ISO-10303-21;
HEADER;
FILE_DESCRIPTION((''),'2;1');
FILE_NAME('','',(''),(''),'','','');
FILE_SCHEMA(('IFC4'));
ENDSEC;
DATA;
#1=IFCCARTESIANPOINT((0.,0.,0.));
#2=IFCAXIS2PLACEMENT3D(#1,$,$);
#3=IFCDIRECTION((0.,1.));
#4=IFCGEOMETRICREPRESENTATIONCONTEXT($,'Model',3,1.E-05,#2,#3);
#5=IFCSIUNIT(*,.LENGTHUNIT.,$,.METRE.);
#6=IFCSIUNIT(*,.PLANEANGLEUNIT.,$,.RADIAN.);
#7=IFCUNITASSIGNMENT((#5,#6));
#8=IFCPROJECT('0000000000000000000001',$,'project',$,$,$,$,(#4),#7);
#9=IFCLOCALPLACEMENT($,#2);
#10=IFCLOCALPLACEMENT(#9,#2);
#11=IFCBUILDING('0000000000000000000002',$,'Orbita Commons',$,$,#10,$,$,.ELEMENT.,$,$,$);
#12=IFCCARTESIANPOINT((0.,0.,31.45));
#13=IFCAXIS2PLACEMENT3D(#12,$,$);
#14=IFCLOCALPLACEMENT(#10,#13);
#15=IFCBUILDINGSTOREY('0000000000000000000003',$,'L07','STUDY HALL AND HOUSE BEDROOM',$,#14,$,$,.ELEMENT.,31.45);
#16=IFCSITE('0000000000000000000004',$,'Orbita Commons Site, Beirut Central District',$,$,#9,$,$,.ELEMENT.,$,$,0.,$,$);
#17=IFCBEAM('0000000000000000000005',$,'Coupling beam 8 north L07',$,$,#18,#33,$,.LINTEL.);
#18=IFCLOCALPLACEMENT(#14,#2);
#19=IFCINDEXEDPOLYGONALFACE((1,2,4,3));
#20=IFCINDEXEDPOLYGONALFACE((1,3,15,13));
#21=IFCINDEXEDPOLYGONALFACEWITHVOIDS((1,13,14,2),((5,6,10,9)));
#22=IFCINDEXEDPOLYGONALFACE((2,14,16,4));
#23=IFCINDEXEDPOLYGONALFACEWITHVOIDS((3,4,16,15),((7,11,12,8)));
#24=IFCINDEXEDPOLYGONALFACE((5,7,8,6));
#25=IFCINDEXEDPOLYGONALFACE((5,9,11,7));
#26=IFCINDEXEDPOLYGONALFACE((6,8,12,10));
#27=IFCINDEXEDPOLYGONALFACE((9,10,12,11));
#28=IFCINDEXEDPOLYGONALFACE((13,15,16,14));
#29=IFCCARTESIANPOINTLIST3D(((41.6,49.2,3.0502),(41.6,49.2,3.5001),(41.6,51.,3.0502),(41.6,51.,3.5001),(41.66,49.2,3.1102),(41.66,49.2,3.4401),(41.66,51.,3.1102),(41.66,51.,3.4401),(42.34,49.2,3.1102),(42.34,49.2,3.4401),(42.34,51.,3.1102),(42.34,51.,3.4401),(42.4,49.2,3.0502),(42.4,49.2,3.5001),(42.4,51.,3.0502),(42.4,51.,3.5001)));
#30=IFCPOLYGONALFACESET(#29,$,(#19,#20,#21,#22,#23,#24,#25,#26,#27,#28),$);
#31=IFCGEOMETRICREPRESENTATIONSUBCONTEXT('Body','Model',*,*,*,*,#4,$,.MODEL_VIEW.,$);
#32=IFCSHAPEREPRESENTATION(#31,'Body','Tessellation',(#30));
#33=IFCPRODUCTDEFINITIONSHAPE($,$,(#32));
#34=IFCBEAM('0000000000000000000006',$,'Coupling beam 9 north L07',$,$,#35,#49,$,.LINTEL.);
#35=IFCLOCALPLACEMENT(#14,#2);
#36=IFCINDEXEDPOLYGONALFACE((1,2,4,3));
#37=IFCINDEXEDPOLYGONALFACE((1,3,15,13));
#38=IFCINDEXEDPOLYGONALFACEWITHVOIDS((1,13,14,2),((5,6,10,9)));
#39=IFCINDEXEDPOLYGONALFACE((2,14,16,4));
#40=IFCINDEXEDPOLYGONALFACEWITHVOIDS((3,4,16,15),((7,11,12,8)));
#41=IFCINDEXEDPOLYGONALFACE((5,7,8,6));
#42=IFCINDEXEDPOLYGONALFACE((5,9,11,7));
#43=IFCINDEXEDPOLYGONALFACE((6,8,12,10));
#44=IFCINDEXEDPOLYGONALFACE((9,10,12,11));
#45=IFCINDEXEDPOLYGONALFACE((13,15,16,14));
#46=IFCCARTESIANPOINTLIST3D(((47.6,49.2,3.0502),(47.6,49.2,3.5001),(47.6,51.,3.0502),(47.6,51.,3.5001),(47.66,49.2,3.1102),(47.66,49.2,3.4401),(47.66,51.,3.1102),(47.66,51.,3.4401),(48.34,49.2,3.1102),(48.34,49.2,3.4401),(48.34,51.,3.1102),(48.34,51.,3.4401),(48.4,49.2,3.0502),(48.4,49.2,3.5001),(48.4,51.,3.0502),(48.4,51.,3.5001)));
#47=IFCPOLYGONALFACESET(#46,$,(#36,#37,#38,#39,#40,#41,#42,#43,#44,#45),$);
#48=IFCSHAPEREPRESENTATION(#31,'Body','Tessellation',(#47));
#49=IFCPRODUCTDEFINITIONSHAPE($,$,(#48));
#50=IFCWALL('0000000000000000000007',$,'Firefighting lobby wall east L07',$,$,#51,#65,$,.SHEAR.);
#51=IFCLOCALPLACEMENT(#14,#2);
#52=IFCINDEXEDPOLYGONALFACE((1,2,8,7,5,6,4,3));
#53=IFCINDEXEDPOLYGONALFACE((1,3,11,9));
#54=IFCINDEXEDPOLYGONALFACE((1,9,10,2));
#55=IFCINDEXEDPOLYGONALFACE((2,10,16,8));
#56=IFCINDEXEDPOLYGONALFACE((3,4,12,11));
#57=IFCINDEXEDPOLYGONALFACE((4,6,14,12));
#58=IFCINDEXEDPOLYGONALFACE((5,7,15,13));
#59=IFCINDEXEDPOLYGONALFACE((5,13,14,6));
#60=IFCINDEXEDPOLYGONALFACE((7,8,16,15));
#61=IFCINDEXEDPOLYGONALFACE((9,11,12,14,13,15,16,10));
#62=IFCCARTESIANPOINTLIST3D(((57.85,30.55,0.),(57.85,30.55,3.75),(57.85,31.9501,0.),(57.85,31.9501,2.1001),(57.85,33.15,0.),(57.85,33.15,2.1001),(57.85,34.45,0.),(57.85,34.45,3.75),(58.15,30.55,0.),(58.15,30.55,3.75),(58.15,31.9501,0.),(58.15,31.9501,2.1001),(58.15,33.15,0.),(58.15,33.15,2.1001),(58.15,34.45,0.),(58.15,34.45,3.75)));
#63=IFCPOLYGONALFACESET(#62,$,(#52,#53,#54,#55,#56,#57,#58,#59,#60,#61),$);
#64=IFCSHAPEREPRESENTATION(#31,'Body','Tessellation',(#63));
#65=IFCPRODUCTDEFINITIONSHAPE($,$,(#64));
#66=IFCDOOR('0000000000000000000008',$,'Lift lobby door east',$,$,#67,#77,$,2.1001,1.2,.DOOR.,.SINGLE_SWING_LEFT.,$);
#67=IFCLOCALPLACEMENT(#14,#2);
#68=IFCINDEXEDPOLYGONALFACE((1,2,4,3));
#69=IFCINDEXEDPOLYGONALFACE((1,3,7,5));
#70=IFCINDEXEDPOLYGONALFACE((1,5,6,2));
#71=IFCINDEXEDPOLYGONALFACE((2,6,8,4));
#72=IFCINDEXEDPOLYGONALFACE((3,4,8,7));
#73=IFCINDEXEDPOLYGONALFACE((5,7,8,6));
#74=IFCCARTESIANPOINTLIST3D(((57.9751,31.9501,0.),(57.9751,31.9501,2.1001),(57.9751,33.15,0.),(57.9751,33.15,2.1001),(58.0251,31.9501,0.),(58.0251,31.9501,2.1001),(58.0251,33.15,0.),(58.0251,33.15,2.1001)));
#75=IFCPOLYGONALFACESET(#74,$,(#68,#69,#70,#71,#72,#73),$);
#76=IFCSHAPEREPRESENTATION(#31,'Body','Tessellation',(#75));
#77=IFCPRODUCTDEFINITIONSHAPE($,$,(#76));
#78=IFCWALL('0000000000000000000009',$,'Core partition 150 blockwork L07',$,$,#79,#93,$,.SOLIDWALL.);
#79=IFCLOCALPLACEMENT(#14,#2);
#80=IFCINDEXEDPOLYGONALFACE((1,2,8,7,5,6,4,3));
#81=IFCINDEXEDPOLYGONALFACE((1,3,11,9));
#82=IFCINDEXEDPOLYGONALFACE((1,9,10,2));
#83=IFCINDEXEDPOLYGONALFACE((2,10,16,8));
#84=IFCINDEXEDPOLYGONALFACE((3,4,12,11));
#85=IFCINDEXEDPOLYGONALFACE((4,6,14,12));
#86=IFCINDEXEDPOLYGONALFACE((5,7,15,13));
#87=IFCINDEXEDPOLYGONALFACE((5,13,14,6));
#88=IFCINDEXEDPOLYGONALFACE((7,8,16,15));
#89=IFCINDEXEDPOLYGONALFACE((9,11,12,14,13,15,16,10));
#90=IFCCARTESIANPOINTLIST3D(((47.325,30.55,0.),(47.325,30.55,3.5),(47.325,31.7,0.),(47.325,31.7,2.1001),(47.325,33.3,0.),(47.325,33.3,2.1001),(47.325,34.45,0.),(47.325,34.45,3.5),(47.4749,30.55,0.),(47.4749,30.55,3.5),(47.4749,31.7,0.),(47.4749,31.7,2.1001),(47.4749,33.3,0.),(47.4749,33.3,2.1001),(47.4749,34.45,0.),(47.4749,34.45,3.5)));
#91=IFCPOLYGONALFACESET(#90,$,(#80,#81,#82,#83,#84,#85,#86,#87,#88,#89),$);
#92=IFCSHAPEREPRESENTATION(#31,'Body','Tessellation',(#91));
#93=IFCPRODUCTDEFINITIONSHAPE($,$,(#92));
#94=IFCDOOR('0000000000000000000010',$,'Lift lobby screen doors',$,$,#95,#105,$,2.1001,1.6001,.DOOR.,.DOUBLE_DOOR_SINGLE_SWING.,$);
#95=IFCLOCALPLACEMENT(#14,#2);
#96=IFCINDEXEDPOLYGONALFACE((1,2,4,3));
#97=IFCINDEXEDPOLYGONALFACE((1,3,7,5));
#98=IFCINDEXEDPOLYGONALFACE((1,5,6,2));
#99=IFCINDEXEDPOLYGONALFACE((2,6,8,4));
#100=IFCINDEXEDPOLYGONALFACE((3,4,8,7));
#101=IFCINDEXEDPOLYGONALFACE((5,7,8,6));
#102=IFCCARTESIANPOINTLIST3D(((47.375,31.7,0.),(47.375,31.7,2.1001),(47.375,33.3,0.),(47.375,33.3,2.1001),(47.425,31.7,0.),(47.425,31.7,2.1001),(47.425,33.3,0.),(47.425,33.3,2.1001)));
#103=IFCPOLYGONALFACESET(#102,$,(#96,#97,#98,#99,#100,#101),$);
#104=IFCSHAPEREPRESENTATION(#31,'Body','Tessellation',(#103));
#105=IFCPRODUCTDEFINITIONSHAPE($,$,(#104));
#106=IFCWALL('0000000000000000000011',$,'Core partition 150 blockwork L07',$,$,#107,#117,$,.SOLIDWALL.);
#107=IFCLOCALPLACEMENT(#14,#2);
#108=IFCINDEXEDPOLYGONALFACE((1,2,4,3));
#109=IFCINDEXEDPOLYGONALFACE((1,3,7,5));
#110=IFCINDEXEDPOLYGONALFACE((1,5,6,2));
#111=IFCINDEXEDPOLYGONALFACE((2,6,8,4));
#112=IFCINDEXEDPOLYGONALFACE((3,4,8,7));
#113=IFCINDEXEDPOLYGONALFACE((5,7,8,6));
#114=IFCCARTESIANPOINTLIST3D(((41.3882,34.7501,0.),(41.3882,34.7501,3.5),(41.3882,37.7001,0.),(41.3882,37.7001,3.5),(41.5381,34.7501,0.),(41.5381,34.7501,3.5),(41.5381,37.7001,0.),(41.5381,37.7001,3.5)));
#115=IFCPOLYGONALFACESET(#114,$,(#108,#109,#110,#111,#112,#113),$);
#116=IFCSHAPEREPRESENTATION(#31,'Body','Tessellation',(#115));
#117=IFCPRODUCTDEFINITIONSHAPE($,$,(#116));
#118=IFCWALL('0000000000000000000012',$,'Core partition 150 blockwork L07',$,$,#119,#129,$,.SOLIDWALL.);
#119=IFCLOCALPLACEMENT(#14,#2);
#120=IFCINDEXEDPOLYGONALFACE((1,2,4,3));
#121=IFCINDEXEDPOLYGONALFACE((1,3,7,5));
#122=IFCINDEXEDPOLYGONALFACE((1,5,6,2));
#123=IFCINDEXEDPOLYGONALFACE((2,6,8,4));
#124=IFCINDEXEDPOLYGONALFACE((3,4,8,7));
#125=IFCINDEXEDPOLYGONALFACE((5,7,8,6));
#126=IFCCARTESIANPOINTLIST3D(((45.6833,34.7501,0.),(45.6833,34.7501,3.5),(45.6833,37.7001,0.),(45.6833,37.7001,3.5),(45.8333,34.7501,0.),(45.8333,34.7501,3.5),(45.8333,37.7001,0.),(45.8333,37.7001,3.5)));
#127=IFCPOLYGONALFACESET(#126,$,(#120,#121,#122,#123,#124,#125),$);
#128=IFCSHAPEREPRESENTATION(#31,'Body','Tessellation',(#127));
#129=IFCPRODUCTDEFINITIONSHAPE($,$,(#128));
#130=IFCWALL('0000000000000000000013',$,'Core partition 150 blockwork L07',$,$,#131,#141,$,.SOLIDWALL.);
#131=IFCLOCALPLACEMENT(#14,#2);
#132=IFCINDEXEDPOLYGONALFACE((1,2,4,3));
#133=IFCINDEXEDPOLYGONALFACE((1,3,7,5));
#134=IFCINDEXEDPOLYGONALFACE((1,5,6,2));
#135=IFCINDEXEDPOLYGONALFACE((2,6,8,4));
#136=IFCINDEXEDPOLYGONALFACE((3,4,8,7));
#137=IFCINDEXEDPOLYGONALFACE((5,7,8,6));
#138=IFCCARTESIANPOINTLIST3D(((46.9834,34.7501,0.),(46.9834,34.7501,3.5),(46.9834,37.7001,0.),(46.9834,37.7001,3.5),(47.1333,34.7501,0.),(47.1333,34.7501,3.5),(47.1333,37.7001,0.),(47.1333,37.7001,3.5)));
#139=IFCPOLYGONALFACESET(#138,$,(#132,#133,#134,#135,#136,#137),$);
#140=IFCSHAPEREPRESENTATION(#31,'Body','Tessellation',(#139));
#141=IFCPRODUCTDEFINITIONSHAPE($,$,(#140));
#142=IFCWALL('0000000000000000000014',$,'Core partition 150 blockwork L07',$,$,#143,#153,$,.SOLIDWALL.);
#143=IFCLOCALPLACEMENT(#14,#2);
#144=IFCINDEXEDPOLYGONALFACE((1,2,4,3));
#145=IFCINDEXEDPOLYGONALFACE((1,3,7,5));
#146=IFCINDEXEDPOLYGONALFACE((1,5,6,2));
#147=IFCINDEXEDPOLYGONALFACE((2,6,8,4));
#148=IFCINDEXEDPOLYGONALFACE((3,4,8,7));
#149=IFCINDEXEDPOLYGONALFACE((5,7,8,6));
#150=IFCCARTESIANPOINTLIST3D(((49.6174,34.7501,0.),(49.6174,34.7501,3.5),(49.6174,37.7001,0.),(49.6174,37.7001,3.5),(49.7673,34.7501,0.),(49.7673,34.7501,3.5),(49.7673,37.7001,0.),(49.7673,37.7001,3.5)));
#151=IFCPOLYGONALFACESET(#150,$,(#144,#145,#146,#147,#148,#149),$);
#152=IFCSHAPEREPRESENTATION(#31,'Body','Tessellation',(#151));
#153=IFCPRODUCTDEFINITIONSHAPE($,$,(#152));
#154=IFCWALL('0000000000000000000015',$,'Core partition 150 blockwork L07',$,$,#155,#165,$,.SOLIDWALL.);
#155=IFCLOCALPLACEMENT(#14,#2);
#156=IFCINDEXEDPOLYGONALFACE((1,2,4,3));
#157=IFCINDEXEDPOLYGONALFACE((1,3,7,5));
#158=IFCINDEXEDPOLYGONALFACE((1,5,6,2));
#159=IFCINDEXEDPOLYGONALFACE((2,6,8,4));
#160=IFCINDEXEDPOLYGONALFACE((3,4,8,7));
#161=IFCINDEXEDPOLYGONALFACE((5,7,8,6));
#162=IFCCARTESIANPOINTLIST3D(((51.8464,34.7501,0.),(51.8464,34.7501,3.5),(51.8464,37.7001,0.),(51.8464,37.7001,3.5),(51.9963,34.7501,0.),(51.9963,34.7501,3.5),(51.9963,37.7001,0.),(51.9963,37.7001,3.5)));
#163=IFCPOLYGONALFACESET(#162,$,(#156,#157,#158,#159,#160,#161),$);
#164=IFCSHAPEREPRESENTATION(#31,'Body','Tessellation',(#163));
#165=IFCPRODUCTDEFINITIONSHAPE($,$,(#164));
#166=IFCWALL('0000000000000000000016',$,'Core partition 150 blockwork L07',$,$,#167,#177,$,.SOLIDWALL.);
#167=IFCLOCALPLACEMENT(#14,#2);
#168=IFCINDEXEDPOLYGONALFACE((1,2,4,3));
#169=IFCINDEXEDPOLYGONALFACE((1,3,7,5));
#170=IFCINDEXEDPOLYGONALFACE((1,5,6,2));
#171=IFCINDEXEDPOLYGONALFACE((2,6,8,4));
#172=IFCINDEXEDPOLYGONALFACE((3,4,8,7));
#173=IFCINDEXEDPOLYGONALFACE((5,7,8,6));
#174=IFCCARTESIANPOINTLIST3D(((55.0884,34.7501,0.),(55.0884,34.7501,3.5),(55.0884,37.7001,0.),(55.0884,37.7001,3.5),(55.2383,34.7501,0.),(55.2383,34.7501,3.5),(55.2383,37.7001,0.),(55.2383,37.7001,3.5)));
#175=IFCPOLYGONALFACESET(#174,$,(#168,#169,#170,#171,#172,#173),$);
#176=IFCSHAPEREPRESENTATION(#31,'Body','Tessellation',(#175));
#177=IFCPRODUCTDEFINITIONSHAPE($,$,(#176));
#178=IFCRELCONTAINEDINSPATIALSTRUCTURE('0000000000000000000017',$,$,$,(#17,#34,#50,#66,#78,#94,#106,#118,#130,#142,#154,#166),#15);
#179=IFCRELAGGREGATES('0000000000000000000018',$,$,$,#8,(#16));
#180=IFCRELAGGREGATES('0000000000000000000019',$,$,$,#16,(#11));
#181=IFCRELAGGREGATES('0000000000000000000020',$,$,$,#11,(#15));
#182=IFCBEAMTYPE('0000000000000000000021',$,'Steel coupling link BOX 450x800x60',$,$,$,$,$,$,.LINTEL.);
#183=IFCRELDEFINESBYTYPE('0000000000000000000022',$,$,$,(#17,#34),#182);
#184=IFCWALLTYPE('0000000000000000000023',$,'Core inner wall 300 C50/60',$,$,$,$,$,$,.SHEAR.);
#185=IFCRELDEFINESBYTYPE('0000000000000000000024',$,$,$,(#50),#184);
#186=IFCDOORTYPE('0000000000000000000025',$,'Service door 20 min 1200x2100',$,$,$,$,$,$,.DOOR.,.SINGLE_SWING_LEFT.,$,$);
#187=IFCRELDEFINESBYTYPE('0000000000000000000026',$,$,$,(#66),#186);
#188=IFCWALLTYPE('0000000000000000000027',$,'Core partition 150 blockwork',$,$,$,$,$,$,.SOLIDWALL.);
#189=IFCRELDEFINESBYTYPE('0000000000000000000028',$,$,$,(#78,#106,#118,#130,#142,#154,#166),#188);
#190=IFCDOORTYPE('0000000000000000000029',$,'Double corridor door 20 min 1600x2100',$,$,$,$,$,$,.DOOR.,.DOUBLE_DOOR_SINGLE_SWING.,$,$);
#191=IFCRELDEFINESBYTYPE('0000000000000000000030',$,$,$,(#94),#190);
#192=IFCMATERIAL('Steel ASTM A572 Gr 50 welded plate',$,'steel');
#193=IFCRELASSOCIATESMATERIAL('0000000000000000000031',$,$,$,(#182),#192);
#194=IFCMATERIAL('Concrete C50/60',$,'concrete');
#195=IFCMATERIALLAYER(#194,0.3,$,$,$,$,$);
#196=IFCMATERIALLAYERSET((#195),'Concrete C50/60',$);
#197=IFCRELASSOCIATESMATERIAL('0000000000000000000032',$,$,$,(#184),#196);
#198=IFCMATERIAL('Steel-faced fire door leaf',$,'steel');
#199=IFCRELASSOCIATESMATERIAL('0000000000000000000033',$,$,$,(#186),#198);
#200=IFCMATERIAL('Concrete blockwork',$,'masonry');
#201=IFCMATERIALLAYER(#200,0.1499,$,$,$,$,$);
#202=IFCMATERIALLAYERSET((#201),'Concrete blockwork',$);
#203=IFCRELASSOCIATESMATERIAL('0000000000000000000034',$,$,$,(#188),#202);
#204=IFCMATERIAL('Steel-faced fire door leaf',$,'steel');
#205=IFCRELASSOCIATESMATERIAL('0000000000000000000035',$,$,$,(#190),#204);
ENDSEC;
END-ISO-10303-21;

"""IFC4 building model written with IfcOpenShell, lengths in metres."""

from ifc_helpers import new_model, si_unit, direction, frame, frame_2d, origin, origin_2d, place, context, subcontext, project, spatial, rectangle, hollow_rectangle, extrude, material, layer, layer_set, material_profile, profile_set, type_object, element, fill, save


model = new_model("IFC4")

# Units and contexts
model_context = context("Model", 3, precision=1e-05, world=origin(), true_north=direction((0.0, 1.0)))
body_context = subcontext(model_context, "Body", "Model", "MODEL_VIEW")
ifc_project = project(units=[si_unit("LENGTHUNIT", "METRE"), si_unit("PLANEANGLEUNIT", "RADIAN")], contexts=[model_context])

# Site, building, storey
site_placement = place(None, origin())
site = spatial("IfcSite", under=ifc_project, at=site_placement, Name="Orbita Commons Site, Beirut Central District", CompositionType="ELEMENT", RefElevation=0.0)
building_placement = place(site_placement, origin())
building = spatial("IfcBuilding", under=site, at=building_placement, Name="Orbita Commons", CompositionType="ELEMENT")
storey_placement = place(building_placement, frame((0.0, 0.0, 31.45)))
storey = spatial("IfcBuildingStorey", under=building, at=storey_placement, Name="L07", Description="STUDY HALL AND HOUSE BEDROOM", CompositionType="ELEMENT", Elevation=31.45)

# Beams
ifc_material_1 = material(Name="Steel ASTM A572 Gr 50 welded plate", Category="steel")
ifc_material_profile = material_profile(ifc_material_1, hollow_rectangle(XDim=0.8, YDim=0.45, WallThickness=0.0601, at=origin_2d()), Name="BOX 450x800x60")
ifc_profile_set = profile_set([ifc_material_profile], Name="Steel ASTM A572 Gr 50 welded plate")
beam_type = type_object("IfcBeamType", Name="Steel coupling link BOX 450x800x60", PredefinedType="LINTEL", material=ifc_profile_set)
for number, where, z_axis, x_axis, name in (
    (1, (42.0, 49.2, 3.2751), (0.0, 1.0, 0.0), (-1.0, 0.0, 0.0), "Coupling beam 8 north L07"),
    (2, (48.0, 49.2, 3.2751), (0.0, 1.0, 0.0), (-1.0, 0.0, 0.0), "Coupling beam 9 north L07"),
):
    element("IfcBeam", number, at=place(storey_placement, frame(where, z_axis=z_axis, x_axis=x_axis)), inside=storey, type_object=beam_type, Name=name, PredefinedType="LINTEL", context=body_context, shape_type="SweptSolid", body=[
        extrude(hollow_rectangle(XDim=0.8, YDim=0.45, WallThickness=0.0601, at=origin_2d()), origin(), (0.0, 0.0, 1.0), 1.8),
    ])

# Walls, openings, doors
ifc_material_2 = material(Name="Concrete C50/60", Category="concrete")
ifc_layer_1 = layer(ifc_material_2, 0.3)
ifc_layer_set_1 = layer_set([ifc_layer_1], Name="Concrete C50/60")
wall_type_1 = type_object("IfcWallType", Name="Core inner wall 300 C50/60", PredefinedType="SHEAR", material=ifc_layer_set_1)
wall_1_placement = place(storey_placement, frame((58.0, 30.55, 0.0), z_axis=(0.0, 0.0, 1.0), x_axis=(0.0, 1.0, 0.0)))
wall_1 = element("IfcWall", 3, at=wall_1_placement, inside=storey, type_object=wall_type_1, Name="Firefighting lobby wall east L07", PredefinedType="SHEAR", context=body_context, shape_type="SweptSolid", body=[
    extrude(rectangle(XDim=3.8999, YDim=0.3, at=frame_2d((1.95, 0.0))), origin(), (0.0, 0.0, 1.0), 3.75),
])
opening_1_placement = place(wall_1_placement, frame((1.3999, 0.0, 0.0)))
opening_1 = element("IfcOpeningElement", 4, at=opening_1_placement, cuts=wall_1, PredefinedType="OPENING", context=body_context, shape_type="SweptSolid", body=[
    extrude(rectangle(XDim=1.2, YDim=2.1001, at=frame_2d((0.6001, 1.05))), frame((0.0, 0.1599, 0.0), z_axis=(0.0, -1.0, 0.0), x_axis=(1.0, 0.0, 0.0)), (0.0, 0.0, 1.0), 0.3201),
])
ifc_material_3 = material(Name="Steel-faced fire door leaf", Category="steel")
door_type_1 = type_object("IfcDoorType", Name="Service door 20 min 1200x2100", OperationType="SINGLE_SWING_LEFT", PredefinedType="DOOR", material=ifc_material_3)
door_1_placement = place(opening_1_placement, origin())
door_1 = element("IfcDoor", 5, at=door_1_placement, inside=storey, type_object=door_type_1, Name="Lift lobby door east", OperationType="SINGLE_SWING_LEFT", OverallHeight=2.1001, OverallWidth=1.2, PredefinedType="DOOR", context=body_context, shape_type="SweptSolid", body=[
    extrude(rectangle(XDim=1.2, YDim=2.1001, at=frame_2d((0.6001, 1.05))), frame((0.0, 0.0249, 0.0), z_axis=(0.0, -1.0, 0.0), x_axis=(1.0, 0.0, 0.0)), (0.0, 0.0, 1.0), 0.05),
])
fill(opening_1, door_1)
ifc_material_4 = material(Name="Concrete blockwork", Category="masonry")
ifc_layer_2 = layer(ifc_material_4, 0.1499)
ifc_layer_set_2 = layer_set([ifc_layer_2], Name="Concrete blockwork")
wall_type_2 = type_object("IfcWallType", Name="Core partition 150 blockwork", PredefinedType="SOLIDWALL", material=ifc_layer_set_2)
wall_2_placement = place(storey_placement, frame((47.3999, 30.55, 0.0), z_axis=(0.0, 0.0, 1.0), x_axis=(0.0, 1.0, 0.0)))
wall_2 = element("IfcWall", 6, at=wall_2_placement, inside=storey, type_object=wall_type_2, Name="Core partition 150 blockwork L07", PredefinedType="SOLIDWALL", context=body_context, shape_type="SweptSolid", body=[
    extrude(rectangle(XDim=3.8999, YDim=0.1499, at=frame_2d((1.95, 0.0))), origin(), (0.0, 0.0, 1.0), 3.5),
])
opening_2_placement = place(wall_2_placement, frame((1.1499, 0.0, 0.0)))
opening_2 = element("IfcOpeningElement", 7, at=opening_2_placement, cuts=wall_2, PredefinedType="OPENING", context=body_context, shape_type="SweptSolid", body=[
    extrude(rectangle(XDim=1.6001, YDim=2.1001, at=frame_2d((0.8, 1.05))), frame((0.0, 0.085, 0.0), z_axis=(0.0, -1.0, 0.0), x_axis=(1.0, 0.0, 0.0)), (0.0, 0.0, 1.0), 0.1699),
])
ifc_material_5 = material(Name="Steel-faced fire door leaf", Category="steel")
door_type_2 = type_object("IfcDoorType", Name="Double corridor door 20 min 1600x2100", OperationType="DOUBLE_DOOR_SINGLE_SWING", PredefinedType="DOOR", material=ifc_material_5)
door_2_placement = place(opening_2_placement, origin())
door_2 = element("IfcDoor", 8, at=door_2_placement, inside=storey, type_object=door_type_2, Name="Lift lobby screen doors", OperationType="DOUBLE_DOOR_SINGLE_SWING", OverallHeight=2.1001, OverallWidth=1.6001, PredefinedType="DOOR", context=body_context, shape_type="SweptSolid", body=[
    extrude(rectangle(XDim=1.6001, YDim=2.1001, at=frame_2d((0.8, 1.05))), frame((0.0, 0.0249, 0.0), z_axis=(0.0, -1.0, 0.0), x_axis=(1.0, 0.0, 0.0)), (0.0, 0.0, 1.0), 0.05),
])
fill(opening_2, door_2)

# Walls
for number, where, z_axis, x_axis, name in (
    (9, (41.4631, 34.75, 0.0), (0.0, 0.0, 1.0), (0.0, 1.0, 0.0), "Core partition 150 blockwork L07"),
    (10, (45.7583, 34.75, 0.0), (0.0, 0.0, 1.0), (0.0, 1.0, 0.0), "Core partition 150 blockwork L07"),
    (11, (47.0583, 34.75, 0.0), (0.0, 0.0, 1.0), (0.0, 1.0, 0.0), "Core partition 150 blockwork L07"),
    (12, (49.6924, 34.75, 0.0), (0.0, 0.0, 1.0), (0.0, 1.0, 0.0), "Core partition 150 blockwork L07"),
    (13, (51.9214, 34.75, 0.0), (0.0, 0.0, 1.0), (0.0, 1.0, 0.0), "Core partition 150 blockwork L07"),
    (14, (55.1633, 34.75, 0.0), (0.0, 0.0, 1.0), (0.0, 1.0, 0.0), "Core partition 150 blockwork L07"),
):
    element("IfcWall", number, at=place(storey_placement, frame(where, z_axis=z_axis, x_axis=x_axis)), inside=storey, type_object=wall_type_2, Name=name, PredefinedType="SOLIDWALL", context=body_context, shape_type="SweptSolid", body=[
        extrude(rectangle(XDim=2.95, YDim=0.1499, at=frame_2d((1.4751, 0.0))), origin(), (0.0, 0.0, 1.0), 3.5),
    ])

save(model, "model.ifc")
